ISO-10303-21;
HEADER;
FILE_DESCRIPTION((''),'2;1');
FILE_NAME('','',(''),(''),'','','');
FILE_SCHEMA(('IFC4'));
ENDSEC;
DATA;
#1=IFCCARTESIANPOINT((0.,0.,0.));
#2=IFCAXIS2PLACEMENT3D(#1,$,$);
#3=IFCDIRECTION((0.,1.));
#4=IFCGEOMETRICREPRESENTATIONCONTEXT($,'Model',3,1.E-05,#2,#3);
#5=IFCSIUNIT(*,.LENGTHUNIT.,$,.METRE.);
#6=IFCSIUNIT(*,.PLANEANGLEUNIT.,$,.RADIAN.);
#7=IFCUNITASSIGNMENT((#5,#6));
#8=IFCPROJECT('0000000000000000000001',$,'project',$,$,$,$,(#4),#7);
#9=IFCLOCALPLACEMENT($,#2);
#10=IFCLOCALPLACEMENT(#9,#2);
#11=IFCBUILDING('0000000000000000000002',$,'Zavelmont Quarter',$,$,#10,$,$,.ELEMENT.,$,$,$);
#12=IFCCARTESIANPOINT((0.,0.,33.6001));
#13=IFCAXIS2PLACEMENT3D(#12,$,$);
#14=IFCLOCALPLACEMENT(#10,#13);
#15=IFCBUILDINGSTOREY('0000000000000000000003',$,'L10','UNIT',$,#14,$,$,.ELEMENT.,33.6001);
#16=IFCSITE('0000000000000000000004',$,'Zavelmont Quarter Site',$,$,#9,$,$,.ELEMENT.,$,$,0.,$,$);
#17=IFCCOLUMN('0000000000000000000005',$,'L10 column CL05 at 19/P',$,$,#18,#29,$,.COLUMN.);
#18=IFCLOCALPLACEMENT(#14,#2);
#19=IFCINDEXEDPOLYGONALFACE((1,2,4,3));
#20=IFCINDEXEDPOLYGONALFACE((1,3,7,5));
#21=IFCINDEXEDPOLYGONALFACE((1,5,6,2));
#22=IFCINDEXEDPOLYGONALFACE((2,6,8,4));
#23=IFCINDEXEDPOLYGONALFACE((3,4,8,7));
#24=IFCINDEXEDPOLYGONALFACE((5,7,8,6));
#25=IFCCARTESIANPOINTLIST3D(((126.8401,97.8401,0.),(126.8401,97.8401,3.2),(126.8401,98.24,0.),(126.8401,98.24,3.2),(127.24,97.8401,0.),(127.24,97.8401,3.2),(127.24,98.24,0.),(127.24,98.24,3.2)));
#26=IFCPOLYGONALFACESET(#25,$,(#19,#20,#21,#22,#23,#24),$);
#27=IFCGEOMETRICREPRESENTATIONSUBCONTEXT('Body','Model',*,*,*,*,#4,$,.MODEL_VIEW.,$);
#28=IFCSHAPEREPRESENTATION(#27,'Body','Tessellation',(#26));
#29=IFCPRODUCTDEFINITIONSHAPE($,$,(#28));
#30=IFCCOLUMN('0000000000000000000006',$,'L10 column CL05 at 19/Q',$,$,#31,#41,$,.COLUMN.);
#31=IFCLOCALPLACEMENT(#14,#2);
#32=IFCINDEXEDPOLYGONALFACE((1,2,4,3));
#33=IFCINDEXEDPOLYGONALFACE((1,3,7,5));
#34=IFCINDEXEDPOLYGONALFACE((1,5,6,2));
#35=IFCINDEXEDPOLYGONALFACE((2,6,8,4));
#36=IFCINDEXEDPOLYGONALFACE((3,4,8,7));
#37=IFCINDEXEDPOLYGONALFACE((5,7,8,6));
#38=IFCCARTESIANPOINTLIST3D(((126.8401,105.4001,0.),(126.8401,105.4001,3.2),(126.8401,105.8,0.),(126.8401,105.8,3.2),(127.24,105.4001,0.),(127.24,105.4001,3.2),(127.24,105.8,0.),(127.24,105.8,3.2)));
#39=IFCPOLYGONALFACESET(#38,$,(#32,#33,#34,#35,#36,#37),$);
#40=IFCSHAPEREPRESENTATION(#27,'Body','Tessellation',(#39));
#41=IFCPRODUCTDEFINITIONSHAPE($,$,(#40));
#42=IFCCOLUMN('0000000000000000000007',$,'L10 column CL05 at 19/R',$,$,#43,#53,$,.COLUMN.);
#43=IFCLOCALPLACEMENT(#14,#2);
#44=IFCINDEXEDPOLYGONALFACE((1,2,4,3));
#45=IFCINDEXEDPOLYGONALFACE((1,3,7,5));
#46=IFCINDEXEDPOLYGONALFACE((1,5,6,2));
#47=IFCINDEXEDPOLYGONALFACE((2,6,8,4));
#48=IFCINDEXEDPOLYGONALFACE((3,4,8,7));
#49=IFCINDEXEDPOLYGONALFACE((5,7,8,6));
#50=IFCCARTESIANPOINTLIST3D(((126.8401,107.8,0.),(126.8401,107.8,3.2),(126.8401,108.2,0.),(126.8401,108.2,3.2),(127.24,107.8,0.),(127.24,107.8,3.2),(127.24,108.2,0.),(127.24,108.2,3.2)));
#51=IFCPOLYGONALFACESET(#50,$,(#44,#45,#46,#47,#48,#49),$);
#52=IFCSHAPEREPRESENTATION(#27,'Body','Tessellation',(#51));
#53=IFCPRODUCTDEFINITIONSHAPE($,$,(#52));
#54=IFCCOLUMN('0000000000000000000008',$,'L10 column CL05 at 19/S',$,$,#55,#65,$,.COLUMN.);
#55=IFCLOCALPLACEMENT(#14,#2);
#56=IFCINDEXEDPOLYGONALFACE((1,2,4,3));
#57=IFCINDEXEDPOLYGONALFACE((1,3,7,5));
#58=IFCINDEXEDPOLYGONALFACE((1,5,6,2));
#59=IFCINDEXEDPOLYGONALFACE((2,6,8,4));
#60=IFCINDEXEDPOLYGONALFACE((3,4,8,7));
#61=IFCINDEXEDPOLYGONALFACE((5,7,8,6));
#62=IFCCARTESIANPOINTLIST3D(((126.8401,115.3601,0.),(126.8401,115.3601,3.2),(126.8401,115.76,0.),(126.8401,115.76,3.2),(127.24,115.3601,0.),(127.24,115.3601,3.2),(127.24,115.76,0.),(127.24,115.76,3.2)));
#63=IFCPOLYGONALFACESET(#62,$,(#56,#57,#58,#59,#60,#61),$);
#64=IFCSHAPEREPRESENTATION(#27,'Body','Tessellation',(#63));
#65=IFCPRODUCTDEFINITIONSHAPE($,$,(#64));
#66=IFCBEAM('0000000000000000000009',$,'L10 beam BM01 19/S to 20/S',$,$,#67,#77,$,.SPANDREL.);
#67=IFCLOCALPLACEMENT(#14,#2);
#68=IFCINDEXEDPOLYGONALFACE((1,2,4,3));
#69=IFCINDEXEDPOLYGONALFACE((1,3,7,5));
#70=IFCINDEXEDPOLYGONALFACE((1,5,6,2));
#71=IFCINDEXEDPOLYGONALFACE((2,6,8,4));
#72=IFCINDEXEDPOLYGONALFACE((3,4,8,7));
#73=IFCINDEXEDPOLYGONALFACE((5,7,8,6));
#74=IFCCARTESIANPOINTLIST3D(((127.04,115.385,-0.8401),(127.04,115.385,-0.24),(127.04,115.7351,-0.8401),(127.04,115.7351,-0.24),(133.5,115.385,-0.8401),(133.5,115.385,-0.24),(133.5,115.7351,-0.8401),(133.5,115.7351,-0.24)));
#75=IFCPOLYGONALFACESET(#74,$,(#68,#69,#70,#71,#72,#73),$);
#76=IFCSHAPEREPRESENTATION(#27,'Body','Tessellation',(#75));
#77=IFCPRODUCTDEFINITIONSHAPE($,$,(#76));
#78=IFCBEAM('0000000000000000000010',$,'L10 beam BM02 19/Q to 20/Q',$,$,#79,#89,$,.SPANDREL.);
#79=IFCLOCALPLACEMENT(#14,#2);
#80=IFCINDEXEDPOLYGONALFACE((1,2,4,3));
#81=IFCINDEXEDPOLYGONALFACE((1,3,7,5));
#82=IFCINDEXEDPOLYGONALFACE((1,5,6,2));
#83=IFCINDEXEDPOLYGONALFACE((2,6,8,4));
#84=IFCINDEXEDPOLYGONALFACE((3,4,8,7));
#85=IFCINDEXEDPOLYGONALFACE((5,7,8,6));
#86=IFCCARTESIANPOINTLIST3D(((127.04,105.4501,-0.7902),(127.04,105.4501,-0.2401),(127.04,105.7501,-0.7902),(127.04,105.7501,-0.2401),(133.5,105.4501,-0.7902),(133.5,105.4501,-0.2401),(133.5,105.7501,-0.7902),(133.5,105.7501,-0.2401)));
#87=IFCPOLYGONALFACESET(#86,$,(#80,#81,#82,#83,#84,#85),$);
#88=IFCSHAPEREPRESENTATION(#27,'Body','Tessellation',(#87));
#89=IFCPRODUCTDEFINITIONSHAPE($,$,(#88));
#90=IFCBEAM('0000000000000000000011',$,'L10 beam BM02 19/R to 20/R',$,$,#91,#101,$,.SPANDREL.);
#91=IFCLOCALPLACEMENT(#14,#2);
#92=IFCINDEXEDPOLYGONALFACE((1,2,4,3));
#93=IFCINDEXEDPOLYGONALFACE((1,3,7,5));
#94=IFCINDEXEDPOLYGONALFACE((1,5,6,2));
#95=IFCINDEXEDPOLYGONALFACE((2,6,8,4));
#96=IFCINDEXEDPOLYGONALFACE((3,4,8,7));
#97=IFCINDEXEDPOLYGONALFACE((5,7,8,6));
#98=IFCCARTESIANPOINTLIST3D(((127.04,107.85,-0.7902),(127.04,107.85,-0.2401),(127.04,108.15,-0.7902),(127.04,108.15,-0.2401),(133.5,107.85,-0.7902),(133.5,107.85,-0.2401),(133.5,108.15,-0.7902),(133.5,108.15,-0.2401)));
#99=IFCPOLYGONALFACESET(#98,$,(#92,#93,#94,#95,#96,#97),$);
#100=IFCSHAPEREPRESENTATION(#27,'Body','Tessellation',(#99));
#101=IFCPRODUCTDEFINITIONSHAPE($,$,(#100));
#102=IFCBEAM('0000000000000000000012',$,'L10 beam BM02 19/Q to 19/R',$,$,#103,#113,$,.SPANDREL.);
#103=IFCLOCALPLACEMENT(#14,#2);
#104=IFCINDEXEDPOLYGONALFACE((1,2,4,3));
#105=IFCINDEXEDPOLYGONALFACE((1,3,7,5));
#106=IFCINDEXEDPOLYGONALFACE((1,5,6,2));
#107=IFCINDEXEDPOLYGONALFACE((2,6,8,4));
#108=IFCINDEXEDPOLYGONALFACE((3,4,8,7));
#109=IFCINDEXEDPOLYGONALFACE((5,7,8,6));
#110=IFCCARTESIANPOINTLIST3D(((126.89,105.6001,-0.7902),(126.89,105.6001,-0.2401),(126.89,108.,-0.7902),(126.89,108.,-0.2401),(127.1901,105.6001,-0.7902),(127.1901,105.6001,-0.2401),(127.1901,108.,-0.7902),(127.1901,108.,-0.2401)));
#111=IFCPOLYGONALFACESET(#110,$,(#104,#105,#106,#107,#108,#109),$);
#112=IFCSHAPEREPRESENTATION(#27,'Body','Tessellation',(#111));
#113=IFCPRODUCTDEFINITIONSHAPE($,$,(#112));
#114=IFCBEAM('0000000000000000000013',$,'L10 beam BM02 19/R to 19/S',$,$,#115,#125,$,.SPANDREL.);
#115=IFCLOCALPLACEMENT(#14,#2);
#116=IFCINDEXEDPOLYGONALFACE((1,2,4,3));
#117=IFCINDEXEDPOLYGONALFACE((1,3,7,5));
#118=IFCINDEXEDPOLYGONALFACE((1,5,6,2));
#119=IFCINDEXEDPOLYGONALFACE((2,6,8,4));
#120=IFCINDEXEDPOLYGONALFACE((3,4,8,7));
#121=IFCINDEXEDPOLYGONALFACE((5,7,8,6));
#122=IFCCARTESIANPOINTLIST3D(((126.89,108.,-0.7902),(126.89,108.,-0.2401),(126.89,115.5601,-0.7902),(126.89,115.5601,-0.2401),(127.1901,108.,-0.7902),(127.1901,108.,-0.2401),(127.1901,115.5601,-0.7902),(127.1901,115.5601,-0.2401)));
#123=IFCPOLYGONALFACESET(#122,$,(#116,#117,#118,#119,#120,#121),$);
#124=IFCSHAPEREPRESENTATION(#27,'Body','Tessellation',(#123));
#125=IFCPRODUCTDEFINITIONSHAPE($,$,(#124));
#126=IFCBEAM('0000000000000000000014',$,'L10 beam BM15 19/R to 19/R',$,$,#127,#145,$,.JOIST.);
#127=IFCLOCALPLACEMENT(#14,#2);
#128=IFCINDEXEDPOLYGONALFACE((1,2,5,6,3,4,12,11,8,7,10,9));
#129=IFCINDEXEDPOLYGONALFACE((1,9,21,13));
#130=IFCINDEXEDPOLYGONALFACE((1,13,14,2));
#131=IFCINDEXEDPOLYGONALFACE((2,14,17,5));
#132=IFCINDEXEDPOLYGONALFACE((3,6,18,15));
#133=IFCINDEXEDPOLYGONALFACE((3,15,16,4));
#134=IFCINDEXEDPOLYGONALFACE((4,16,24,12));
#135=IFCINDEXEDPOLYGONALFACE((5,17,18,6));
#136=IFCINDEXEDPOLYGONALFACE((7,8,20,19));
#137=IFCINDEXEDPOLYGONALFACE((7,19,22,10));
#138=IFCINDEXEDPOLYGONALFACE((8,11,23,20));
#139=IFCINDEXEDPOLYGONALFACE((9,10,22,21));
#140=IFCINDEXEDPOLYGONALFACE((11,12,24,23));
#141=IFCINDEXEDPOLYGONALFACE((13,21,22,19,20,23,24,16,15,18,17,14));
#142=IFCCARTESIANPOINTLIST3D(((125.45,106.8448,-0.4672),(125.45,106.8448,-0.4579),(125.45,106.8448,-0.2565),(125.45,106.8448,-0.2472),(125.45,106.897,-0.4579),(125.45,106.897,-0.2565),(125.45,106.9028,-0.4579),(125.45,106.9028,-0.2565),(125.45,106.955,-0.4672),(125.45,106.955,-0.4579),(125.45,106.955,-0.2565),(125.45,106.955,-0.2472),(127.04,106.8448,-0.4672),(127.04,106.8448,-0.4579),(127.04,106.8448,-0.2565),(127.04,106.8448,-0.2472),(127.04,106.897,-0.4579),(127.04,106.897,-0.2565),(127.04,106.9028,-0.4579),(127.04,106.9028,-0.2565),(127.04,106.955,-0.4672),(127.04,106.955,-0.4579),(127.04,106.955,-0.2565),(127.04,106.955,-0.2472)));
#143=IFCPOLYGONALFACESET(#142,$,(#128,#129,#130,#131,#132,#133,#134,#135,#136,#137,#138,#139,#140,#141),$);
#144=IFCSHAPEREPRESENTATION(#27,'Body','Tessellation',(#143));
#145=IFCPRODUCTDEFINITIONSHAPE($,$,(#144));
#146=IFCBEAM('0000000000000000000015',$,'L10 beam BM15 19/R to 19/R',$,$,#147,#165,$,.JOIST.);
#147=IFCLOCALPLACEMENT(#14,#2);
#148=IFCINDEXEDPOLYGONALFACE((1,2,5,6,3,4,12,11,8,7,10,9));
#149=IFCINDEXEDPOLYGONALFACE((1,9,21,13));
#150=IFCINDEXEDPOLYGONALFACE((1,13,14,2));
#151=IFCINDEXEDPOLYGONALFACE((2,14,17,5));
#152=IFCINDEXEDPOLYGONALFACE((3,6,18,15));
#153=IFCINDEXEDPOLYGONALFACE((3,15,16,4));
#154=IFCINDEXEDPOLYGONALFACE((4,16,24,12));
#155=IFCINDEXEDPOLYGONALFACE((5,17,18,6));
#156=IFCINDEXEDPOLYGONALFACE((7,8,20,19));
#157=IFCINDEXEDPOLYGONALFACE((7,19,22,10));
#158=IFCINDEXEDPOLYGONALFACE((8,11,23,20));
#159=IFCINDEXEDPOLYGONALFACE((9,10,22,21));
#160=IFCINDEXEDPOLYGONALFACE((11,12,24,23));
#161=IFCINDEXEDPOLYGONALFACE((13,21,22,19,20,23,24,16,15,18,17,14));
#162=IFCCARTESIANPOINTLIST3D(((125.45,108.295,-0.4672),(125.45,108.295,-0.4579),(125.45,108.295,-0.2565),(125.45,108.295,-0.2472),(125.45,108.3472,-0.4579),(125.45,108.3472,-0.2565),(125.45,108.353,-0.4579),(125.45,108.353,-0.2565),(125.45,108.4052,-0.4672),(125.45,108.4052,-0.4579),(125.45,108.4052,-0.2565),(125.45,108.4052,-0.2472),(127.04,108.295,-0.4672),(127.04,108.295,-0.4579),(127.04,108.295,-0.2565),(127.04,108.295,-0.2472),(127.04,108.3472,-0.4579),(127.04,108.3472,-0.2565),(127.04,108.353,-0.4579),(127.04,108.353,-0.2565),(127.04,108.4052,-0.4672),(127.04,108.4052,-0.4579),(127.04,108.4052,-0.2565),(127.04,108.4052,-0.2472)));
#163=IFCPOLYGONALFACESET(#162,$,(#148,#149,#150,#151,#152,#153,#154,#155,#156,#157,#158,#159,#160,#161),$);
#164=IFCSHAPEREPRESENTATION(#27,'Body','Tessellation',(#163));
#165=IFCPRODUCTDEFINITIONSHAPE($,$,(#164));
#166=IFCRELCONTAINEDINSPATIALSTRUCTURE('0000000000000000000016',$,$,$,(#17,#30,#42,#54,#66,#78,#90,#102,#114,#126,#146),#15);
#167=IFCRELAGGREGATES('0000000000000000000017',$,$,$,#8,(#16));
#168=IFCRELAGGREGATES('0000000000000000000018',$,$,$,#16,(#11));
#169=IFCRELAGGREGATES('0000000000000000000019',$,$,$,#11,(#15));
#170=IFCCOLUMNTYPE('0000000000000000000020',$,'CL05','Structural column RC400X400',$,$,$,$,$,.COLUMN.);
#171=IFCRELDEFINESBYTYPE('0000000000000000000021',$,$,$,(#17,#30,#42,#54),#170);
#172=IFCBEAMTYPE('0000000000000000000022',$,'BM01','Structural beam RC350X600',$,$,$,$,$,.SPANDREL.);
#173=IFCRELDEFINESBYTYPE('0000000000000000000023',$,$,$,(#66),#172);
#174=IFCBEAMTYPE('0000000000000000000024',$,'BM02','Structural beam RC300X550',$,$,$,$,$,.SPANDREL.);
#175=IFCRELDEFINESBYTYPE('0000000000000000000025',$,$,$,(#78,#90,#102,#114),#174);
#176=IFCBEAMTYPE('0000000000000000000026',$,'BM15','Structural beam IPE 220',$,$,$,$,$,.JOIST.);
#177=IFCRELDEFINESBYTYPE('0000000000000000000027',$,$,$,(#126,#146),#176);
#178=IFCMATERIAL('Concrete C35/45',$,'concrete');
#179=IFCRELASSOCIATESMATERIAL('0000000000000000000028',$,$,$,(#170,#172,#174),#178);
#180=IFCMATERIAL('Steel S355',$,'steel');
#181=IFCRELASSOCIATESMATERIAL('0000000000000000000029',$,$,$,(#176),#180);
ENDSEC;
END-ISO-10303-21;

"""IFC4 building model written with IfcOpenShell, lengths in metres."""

from ifc_helpers import new_model, si_unit, direction, frame, origin, origin_2d, place, context, subcontext, project, spatial, rectangle, i_section, extrude, material, material_profile, profile_set, type_object, element, save


model = new_model("IFC4")

# Units and contexts
model_context = context("Model", 3, precision=1e-05, world=origin(), true_north=direction((0.0, 1.0)))
body_context = subcontext(model_context, "Body", "Model", "MODEL_VIEW")
ifc_project = project(units=[si_unit("LENGTHUNIT", "METRE"), si_unit("PLANEANGLEUNIT", "RADIAN")], contexts=[model_context])

# Site, building, storey
site_placement = place(None, origin())
site = spatial("IfcSite", under=ifc_project, at=site_placement, Name="Zavelmont Quarter Site", CompositionType="ELEMENT", RefElevation=0.0)
building_placement = place(site_placement, origin())
building = spatial("IfcBuilding", under=site, at=building_placement, Name="Zavelmont Quarter", CompositionType="ELEMENT")
storey_placement = place(building_placement, frame((0.0, 0.0, 33.6001)))
storey = spatial("IfcBuildingStorey", under=building, at=storey_placement, Name="L10", Description="UNIT", CompositionType="ELEMENT", Elevation=33.6001)

# Columns
ifc_material_1 = material(Name="Concrete C35/45", Category="concrete")
ifc_material_profile_1 = material_profile(ifc_material_1, rectangle(XDim=0.3999, YDim=0.3999, at=origin_2d()), Name="RC400X400")
ifc_profile_set_1 = profile_set([ifc_material_profile_1], Name="Concrete C35/45")
column_type = type_object("IfcColumnType", Name="CL05", Description="Structural column RC400X400", PredefinedType="COLUMN", material=ifc_profile_set_1)
for number, where, z_axis, x_axis, name in (
    (1, (127.04, 98.04, 0.0), (0.0, 0.0, 1.0), (1.0, 0.0, 0.0), "L10 column CL05 at 19/P"),
    (2, (127.04, 105.6001, 0.0), (0.0, 0.0, 1.0), (1.0, 0.0, 0.0), "L10 column CL05 at 19/Q"),
    (3, (127.04, 108.0, 0.0), (0.0, 0.0, 1.0), (1.0, 0.0, 0.0), "L10 column CL05 at 19/R"),
    (4, (127.04, 115.5601, 0.0), (0.0, 0.0, 1.0), (1.0, 0.0, 0.0), "L10 column CL05 at 19/S"),
):
    element("IfcColumn", number, at=place(storey_placement, frame(where, z_axis=z_axis, x_axis=x_axis)), inside=storey, type_object=column_type, Name=name, PredefinedType="COLUMN", context=body_context, shape_type="SweptSolid", body=[
        extrude(rectangle(XDim=0.3999, YDim=0.3999, at=origin_2d()), origin(), (0.0, 0.0, 1.0), 3.2),
    ])

# Beams
ifc_material_profile_2 = material_profile(ifc_material_1, rectangle(XDim=0.3501, YDim=0.6001, at=origin_2d()), Name="RC350X600")
ifc_profile_set_2 = profile_set([ifc_material_profile_2], Name="Concrete C35/45")
beam_type_1 = type_object("IfcBeamType", Name="BM01", Description="Structural beam RC350X600", PredefinedType="SPANDREL", material=ifc_profile_set_2)
beam_1_placement = place(storey_placement, frame((127.04, 115.5601, -0.54), z_axis=(1.0, 0.0, 0.0), x_axis=(0.0, 1.0, 0.0)))
element("IfcBeam", 5, at=beam_1_placement, inside=storey, type_object=beam_type_1, Name="L10 beam BM01 19/S to 20/S", PredefinedType="SPANDREL", context=body_context, shape_type="SweptSolid", body=[
    extrude(rectangle(XDim=0.3501, YDim=0.6001, at=origin_2d()), origin(), (0.0, 0.0, 1.0), 6.46),
])
ifc_material_profile_3 = material_profile(ifc_material_1, rectangle(XDim=0.3, YDim=0.55, at=origin_2d()), Name="RC300X550")
ifc_profile_set_3 = profile_set([ifc_material_profile_3], Name="Concrete C35/45")
beam_type_2 = type_object("IfcBeamType", Name="BM02", Description="Structural beam RC300X550", PredefinedType="SPANDREL", material=ifc_profile_set_3)
for number, where, z_axis, x_axis, name in (
    (6, (127.04, 105.6001, -0.5151), (1.0, 0.0, 0.0), (0.0, 1.0, 0.0), "L10 beam BM02 19/Q to 20/Q"),
    (7, (127.04, 108.0, -0.5151), (1.0, 0.0, 0.0), (0.0, 1.0, 0.0), "L10 beam BM02 19/R to 20/R"),
):
    element("IfcBeam", number, at=place(storey_placement, frame(where, z_axis=z_axis, x_axis=x_axis)), inside=storey, type_object=beam_type_2, Name=name, PredefinedType="SPANDREL", context=body_context, shape_type="SweptSolid", body=[
        extrude(rectangle(XDim=0.3, YDim=0.55, at=origin_2d()), origin(), (0.0, 0.0, 1.0), 6.46),
    ])
beam_2_placement = place(storey_placement, frame((127.04, 105.6001, -0.5151), z_axis=(0.0, 1.0, 0.0), x_axis=(-1.0, 0.0, 0.0)))
element("IfcBeam", 8, at=beam_2_placement, inside=storey, type_object=beam_type_2, Name="L10 beam BM02 19/Q to 19/R", PredefinedType="SPANDREL", context=body_context, shape_type="SweptSolid", body=[
    extrude(rectangle(XDim=0.3, YDim=0.55, at=origin_2d()), origin(), (0.0, 0.0, 1.0), 2.3999),
])
beam_3_placement = place(storey_placement, frame((127.04, 108.0, -0.5151), z_axis=(0.0, 1.0, 0.0), x_axis=(-1.0, 0.0, 0.0)))
element("IfcBeam", 9, at=beam_3_placement, inside=storey, type_object=beam_type_2, Name="L10 beam BM02 19/R to 19/S", PredefinedType="SPANDREL", context=body_context, shape_type="SweptSolid", body=[
    extrude(rectangle(XDim=0.3, YDim=0.55, at=origin_2d()), origin(), (0.0, 0.0, 1.0), 7.5601),
])
ifc_material_2 = material(Name="Steel S355", Category="steel")
ifc_material_profile_4 = material_profile(ifc_material_2, i_section(OverallWidth=0.1101, OverallDepth=0.22, WebThickness=0.0059, FlangeThickness=0.0093, at=origin_2d()), Name="IPE 220")
ifc_profile_set_4 = profile_set([ifc_material_profile_4], Name="Steel S355")
beam_type_3 = type_object("IfcBeamType", Name="BM15", Description="Structural beam IPE 220", PredefinedType="JOIST", material=ifc_profile_set_4)
for number, where, z_axis, x_axis, name in (
    (10, (127.04, 106.8999, -0.3572), (-1.0, 0.0, 0.0), (0.0, -1.0, 0.0), "L10 beam BM15 19/R to 19/R"),
    (11, (127.04, 108.3501, -0.3572), (-1.0, 0.0, 0.0), (0.0, -1.0, 0.0), "L10 beam BM15 19/R to 19/R"),
):
    element("IfcBeam", number, at=place(storey_placement, frame(where, z_axis=z_axis, x_axis=x_axis)), inside=storey, type_object=beam_type_3, Name=name, PredefinedType="JOIST", context=body_context, shape_type="SweptSolid", body=[
        extrude(i_section(OverallWidth=0.1101, OverallDepth=0.22, WebThickness=0.0059, FlangeThickness=0.0093, at=origin_2d()), origin(), (0.0, 0.0, 1.0), 1.5901),
    ])

save(model, "model.ifc")
